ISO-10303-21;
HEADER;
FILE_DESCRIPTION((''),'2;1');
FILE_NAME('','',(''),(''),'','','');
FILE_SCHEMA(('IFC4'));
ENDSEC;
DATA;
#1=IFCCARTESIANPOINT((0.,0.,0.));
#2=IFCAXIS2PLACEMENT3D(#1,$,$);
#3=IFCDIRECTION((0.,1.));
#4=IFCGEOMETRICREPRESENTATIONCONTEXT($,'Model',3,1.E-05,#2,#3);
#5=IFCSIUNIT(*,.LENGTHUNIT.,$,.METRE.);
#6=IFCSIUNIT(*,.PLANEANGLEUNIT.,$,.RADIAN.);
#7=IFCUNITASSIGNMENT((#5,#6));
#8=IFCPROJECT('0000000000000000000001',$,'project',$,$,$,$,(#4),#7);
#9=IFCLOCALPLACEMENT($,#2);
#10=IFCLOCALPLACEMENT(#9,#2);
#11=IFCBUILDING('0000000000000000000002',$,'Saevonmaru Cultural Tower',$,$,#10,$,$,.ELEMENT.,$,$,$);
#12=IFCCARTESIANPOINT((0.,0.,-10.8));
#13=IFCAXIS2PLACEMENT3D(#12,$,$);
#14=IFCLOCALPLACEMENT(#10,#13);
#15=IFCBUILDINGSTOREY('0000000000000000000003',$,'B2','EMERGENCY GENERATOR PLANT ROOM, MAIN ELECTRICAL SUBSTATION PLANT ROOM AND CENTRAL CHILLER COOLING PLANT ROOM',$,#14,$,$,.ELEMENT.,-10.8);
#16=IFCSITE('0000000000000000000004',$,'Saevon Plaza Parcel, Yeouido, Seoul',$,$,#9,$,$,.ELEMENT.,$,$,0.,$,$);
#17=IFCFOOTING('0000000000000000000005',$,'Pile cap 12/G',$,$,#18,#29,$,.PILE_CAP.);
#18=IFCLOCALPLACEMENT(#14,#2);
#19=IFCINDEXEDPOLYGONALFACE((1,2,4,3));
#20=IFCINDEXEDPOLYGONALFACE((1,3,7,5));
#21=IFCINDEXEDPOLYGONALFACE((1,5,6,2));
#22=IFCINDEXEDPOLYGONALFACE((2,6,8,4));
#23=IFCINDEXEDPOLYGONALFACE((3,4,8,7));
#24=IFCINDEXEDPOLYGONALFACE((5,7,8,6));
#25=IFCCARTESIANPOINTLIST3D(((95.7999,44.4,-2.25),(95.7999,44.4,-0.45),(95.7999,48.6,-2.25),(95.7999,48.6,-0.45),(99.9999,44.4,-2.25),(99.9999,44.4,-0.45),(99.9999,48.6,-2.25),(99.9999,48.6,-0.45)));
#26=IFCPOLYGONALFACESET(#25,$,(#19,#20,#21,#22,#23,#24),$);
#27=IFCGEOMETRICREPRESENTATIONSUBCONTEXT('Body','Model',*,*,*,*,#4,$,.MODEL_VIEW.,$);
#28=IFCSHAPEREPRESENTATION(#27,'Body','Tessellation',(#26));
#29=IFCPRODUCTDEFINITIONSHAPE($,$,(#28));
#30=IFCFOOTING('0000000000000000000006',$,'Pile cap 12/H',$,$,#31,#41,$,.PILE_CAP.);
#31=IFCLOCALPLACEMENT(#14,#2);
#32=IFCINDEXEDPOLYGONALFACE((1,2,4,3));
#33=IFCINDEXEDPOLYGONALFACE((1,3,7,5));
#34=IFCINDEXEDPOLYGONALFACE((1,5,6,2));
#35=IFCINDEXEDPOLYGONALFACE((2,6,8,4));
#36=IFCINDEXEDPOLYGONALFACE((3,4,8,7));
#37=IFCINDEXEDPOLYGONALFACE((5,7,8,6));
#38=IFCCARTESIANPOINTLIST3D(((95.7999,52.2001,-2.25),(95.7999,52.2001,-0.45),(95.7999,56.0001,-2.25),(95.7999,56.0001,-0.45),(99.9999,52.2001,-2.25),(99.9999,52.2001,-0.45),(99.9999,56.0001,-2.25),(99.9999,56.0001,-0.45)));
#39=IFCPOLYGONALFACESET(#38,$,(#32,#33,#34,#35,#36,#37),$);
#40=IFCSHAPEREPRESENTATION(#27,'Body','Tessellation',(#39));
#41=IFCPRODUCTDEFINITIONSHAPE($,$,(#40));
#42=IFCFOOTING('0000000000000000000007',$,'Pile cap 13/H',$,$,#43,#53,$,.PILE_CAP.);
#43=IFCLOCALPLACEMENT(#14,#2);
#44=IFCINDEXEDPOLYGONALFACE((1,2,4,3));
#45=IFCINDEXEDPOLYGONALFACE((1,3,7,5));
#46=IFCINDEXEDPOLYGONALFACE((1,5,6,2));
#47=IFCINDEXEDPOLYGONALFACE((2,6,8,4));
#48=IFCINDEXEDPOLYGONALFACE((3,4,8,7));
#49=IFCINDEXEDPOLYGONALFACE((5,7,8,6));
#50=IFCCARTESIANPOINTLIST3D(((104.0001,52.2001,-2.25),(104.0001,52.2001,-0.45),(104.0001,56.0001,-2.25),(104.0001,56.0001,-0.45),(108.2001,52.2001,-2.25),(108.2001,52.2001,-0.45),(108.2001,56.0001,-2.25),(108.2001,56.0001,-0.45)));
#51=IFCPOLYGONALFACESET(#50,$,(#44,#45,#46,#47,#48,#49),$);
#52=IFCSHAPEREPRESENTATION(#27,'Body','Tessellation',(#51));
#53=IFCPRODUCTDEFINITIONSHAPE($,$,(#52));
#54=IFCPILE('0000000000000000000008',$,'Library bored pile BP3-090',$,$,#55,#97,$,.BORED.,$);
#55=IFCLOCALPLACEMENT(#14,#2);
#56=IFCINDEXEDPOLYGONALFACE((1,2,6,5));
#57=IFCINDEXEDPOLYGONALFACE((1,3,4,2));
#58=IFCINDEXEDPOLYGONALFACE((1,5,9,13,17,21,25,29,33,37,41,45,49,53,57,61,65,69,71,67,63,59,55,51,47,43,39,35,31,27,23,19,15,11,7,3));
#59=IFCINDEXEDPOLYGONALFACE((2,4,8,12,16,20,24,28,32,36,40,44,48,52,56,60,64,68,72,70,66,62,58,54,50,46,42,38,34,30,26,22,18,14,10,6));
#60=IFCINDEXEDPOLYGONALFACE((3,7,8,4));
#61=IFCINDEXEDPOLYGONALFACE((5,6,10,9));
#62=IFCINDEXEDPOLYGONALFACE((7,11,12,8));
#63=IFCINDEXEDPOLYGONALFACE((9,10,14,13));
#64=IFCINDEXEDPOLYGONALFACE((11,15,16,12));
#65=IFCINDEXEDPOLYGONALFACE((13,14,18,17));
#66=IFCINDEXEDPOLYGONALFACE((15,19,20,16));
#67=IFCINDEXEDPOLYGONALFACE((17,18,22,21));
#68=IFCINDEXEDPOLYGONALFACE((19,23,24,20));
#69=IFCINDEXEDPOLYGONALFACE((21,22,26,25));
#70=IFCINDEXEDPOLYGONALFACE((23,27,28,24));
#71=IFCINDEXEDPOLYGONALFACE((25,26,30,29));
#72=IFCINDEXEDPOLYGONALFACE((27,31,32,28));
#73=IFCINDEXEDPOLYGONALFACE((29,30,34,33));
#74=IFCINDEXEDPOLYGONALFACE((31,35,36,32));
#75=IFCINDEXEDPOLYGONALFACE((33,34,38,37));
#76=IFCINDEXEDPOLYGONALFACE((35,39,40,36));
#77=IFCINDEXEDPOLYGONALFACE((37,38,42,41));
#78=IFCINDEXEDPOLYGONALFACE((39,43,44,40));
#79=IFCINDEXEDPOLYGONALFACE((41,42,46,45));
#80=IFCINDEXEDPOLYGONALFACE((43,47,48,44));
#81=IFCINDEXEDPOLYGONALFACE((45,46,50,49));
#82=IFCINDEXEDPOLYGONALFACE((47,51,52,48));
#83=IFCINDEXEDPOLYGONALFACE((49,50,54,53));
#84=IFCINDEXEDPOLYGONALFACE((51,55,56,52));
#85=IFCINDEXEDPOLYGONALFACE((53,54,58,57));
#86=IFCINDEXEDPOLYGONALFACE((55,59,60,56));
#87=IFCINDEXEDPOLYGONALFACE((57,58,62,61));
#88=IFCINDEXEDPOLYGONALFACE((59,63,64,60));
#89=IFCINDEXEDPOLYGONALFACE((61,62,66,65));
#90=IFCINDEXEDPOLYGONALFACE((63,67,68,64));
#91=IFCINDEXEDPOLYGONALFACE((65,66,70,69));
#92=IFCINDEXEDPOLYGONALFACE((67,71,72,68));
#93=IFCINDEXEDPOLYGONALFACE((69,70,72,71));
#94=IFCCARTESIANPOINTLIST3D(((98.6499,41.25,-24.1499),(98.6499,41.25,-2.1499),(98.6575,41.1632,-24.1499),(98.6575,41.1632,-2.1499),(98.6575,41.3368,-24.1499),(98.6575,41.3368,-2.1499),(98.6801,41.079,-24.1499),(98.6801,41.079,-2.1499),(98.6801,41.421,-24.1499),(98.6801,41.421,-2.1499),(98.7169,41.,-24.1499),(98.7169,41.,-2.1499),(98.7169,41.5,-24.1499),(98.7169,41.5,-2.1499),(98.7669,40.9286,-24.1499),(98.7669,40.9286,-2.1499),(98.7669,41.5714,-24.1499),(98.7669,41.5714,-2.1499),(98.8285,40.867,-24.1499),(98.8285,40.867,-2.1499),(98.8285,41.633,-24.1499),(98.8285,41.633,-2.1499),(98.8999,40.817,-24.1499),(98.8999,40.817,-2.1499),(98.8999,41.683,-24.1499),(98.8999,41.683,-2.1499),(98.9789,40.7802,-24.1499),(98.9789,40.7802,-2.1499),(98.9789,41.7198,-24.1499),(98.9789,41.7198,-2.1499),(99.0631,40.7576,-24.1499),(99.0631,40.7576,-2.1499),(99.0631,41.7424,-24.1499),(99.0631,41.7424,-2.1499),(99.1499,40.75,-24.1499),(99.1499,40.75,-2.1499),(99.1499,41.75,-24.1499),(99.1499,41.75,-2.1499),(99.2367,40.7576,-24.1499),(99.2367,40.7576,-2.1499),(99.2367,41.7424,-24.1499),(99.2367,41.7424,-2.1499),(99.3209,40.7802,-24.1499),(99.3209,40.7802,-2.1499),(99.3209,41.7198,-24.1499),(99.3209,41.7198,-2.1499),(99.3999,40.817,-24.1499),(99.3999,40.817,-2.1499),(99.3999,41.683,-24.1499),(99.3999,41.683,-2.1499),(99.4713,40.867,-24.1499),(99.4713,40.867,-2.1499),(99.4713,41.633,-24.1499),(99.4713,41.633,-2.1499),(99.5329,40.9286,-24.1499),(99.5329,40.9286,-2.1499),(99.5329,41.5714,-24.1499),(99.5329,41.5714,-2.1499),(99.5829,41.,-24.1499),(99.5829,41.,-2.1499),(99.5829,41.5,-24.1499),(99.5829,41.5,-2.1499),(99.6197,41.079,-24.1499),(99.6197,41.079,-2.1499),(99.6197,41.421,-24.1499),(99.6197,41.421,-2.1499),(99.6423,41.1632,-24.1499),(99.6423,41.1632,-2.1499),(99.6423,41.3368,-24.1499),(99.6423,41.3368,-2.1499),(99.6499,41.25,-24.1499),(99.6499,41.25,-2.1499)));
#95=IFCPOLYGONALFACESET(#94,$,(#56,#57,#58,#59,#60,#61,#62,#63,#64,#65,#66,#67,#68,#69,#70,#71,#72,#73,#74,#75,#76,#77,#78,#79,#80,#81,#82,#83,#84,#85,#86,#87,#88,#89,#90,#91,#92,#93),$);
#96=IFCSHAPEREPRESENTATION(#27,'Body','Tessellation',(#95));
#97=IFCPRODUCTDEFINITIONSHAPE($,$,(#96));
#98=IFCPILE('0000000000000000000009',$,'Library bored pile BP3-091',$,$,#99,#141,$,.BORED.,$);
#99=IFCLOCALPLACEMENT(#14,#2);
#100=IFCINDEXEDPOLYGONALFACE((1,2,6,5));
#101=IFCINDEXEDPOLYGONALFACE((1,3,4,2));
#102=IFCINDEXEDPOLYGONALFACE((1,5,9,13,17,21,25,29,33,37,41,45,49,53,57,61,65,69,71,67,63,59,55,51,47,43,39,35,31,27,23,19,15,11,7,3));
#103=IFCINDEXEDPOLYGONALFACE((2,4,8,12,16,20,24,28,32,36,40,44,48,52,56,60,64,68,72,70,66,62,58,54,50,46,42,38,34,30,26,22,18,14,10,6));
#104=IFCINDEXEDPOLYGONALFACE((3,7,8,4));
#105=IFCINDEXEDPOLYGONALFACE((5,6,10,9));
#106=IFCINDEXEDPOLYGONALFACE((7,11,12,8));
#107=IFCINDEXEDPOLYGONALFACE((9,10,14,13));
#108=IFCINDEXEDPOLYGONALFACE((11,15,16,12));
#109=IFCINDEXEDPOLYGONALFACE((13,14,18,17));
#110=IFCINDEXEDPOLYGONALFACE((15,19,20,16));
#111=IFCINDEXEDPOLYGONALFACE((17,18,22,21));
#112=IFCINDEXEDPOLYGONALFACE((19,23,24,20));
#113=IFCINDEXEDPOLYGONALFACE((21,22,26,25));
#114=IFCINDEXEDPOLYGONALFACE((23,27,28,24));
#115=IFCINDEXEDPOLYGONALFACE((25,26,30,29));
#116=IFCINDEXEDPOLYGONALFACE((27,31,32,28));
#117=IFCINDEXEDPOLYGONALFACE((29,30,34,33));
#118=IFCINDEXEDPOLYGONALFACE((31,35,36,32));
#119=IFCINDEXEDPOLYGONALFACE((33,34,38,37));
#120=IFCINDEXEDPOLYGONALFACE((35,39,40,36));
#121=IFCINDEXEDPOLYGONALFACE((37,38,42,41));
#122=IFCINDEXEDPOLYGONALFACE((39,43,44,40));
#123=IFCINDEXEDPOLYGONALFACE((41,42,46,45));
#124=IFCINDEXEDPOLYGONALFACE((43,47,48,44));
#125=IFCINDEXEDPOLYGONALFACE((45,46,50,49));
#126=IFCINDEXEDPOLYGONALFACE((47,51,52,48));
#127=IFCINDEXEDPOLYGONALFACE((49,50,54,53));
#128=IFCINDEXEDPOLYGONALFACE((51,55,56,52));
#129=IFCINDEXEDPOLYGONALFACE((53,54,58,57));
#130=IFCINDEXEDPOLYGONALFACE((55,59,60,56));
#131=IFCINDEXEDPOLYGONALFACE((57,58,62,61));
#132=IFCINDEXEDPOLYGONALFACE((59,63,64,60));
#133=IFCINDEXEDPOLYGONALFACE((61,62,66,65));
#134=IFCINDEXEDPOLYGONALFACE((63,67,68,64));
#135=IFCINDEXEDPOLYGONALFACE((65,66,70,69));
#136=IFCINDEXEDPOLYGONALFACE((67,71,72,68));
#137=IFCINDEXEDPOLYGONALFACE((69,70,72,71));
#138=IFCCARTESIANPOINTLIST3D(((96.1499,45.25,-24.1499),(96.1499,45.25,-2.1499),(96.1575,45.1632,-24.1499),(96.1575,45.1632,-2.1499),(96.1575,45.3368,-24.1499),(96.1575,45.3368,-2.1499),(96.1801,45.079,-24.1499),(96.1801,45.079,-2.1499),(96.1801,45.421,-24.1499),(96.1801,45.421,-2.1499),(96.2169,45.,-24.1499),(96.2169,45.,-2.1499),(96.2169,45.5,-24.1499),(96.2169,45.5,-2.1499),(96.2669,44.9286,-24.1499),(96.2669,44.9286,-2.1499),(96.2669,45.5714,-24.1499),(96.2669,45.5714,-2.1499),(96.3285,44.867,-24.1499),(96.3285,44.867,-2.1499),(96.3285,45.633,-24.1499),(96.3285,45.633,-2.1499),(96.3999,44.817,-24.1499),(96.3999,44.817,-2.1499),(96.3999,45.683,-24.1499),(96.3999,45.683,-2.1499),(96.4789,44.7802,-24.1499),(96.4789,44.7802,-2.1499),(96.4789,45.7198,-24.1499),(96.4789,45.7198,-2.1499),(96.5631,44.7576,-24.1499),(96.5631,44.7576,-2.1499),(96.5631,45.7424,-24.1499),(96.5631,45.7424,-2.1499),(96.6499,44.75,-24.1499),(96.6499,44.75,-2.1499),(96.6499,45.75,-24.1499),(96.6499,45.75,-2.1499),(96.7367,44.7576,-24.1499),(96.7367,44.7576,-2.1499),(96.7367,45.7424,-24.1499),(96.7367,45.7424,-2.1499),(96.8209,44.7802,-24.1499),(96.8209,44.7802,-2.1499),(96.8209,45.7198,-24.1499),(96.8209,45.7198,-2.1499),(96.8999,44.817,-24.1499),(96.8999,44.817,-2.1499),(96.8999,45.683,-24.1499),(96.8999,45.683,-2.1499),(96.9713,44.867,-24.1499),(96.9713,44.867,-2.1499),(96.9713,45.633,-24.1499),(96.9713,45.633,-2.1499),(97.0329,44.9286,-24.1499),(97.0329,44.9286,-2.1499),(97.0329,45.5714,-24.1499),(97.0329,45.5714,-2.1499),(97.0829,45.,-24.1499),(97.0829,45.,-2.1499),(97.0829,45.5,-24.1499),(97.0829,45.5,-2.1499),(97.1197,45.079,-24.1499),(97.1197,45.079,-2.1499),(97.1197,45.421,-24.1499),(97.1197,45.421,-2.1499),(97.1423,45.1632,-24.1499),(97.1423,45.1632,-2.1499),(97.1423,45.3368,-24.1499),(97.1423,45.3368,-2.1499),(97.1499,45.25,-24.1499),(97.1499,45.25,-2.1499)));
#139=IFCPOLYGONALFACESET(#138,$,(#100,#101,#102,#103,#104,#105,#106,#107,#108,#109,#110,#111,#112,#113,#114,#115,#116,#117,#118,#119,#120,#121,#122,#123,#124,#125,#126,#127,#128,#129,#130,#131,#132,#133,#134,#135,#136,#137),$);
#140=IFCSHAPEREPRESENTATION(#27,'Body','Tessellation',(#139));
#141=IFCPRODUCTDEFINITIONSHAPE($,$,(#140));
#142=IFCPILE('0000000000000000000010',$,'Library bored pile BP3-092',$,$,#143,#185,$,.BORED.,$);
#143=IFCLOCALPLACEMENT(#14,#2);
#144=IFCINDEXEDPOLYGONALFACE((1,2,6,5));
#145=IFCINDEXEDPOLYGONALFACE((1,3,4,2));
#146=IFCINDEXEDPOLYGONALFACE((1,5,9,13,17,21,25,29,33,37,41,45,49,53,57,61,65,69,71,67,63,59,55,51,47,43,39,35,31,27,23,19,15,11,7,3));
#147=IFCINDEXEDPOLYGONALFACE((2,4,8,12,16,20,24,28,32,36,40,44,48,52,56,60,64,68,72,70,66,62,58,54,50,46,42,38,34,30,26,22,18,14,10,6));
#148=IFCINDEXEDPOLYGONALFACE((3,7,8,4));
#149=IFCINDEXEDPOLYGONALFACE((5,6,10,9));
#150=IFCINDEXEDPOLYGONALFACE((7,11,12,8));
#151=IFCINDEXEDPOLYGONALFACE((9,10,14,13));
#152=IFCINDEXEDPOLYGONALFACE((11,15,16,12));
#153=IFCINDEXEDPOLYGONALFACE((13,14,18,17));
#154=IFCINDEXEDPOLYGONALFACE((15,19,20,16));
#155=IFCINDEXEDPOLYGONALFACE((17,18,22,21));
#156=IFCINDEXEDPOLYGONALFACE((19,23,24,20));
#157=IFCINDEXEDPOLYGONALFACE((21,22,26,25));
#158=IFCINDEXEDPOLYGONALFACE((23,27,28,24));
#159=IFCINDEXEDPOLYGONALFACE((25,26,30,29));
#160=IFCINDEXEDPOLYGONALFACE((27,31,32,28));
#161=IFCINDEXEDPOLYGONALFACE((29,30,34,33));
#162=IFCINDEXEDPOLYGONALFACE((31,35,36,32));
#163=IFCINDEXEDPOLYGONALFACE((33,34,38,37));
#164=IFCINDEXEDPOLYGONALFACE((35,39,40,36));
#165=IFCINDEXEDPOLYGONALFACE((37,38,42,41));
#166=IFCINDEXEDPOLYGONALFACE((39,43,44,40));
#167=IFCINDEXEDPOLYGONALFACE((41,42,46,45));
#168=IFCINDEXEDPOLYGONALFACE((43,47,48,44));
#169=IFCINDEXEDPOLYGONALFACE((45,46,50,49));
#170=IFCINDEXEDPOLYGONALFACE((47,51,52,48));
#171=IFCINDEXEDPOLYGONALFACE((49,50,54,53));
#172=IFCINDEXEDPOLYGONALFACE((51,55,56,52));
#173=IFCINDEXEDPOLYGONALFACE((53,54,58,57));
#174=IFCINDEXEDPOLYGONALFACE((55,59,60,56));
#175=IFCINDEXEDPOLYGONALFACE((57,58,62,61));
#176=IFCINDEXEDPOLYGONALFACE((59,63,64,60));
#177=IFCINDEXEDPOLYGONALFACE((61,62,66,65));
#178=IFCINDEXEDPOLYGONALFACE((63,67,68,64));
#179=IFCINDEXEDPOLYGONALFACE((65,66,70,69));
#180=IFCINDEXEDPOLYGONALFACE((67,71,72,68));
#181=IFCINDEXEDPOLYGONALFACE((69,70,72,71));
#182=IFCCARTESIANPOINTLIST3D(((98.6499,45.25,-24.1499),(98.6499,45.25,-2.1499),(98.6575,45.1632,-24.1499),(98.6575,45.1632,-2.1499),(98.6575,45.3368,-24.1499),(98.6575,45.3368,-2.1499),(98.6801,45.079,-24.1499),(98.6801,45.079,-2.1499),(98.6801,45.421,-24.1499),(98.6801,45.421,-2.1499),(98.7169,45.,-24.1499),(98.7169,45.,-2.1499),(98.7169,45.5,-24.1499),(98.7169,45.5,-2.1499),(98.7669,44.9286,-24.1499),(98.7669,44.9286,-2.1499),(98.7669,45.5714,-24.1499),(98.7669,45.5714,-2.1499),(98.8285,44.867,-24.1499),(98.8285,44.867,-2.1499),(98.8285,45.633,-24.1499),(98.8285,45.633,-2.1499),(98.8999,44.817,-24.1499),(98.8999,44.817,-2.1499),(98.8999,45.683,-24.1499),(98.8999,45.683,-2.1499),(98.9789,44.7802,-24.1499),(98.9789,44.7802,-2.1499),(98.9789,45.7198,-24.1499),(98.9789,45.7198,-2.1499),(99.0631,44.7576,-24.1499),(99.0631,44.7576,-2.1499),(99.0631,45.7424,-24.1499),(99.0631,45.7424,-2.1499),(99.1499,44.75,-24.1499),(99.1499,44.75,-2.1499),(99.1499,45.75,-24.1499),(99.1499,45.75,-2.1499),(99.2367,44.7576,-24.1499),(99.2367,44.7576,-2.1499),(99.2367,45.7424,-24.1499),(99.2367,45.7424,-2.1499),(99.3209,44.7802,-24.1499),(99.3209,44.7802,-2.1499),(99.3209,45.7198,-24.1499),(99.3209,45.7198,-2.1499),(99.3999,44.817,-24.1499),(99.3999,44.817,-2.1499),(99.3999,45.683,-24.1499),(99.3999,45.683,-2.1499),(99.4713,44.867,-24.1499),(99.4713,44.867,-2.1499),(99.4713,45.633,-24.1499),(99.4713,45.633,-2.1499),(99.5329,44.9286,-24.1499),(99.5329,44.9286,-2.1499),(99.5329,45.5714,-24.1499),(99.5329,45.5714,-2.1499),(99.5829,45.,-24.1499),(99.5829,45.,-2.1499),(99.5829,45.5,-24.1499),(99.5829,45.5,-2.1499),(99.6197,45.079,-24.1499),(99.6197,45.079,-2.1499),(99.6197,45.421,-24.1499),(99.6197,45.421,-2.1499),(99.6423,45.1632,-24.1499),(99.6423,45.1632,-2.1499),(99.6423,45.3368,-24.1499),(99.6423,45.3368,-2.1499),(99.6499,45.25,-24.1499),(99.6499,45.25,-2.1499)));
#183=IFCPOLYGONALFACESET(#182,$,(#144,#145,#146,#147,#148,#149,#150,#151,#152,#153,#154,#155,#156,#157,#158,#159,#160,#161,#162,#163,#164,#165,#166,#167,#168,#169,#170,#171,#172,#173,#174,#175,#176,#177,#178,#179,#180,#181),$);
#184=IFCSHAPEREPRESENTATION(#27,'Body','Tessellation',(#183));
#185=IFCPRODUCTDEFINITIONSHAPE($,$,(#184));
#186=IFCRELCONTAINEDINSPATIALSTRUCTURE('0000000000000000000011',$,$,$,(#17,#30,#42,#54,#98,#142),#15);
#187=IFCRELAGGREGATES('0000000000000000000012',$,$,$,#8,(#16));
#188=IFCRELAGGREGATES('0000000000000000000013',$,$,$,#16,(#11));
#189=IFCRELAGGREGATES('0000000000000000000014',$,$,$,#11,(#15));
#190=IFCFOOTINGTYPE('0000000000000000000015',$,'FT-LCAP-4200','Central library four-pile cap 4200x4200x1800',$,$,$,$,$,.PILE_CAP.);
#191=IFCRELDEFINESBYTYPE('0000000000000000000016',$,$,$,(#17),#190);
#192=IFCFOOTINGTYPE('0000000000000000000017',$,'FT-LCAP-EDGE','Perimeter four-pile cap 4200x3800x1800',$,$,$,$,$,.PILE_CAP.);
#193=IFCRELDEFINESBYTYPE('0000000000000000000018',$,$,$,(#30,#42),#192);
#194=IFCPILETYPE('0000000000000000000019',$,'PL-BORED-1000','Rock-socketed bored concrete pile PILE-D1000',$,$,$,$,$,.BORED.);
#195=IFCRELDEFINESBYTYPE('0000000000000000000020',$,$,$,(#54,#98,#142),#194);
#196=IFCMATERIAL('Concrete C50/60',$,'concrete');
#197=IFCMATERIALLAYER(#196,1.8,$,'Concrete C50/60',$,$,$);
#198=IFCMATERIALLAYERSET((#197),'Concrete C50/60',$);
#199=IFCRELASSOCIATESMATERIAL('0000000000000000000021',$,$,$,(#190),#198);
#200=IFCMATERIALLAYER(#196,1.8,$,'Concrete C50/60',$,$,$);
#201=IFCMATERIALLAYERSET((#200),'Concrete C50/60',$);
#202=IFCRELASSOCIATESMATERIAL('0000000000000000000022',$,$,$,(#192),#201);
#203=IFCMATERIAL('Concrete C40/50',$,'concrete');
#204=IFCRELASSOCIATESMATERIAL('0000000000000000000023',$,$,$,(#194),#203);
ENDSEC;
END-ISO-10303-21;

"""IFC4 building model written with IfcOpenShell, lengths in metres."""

from ifc_helpers import new_model, si_unit, direction, frame, origin, origin_2d, place, context, subcontext, project, spatial, rectangle, circle, extrude, material, layer, layer_set, material_profile, profile_set, type_object, element, save


model = new_model("IFC4")

# Units and contexts
model_context = context("Model", 3, precision=1e-05, world=origin(), true_north=direction((0.0, 1.0)))
body_context = subcontext(model_context, "Body", "Model", "MODEL_VIEW")
ifc_project = project(units=[si_unit("LENGTHUNIT", "METRE"), si_unit("PLANEANGLEUNIT", "RADIAN")], contexts=[model_context])

# Site, building, storey
site_placement = place(None, origin())
site = spatial("IfcSite", under=ifc_project, at=site_placement, Name="Saevon Plaza Parcel, Yeouido, Seoul", CompositionType="ELEMENT", RefElevation=0.0)
building_placement = place(site_placement, origin())
building = spatial("IfcBuilding", under=site, at=building_placement, Name="Saevonmaru Cultural Tower", CompositionType="ELEMENT")
storey_placement = place(building_placement, frame((0.0, 0.0, -10.8)))
storey = spatial("IfcBuildingStorey", under=building, at=storey_placement, Name="B2", Description="EMERGENCY GENERATOR PLANT ROOM, MAIN ELECTRICAL SUBSTATION PLANT ROOM AND CENTRAL CHILLER COOLING PLANT ROOM", CompositionType="ELEMENT", Elevation=-10.8)

# Footings
ifc_material_1 = material(Name="Concrete C50/60", Category="concrete")
ifc_layer_1 = layer(ifc_material_1, 1.8, Name="Concrete C50/60")
ifc_layer_set_1 = layer_set([ifc_layer_1], Name="Concrete C50/60")
footing_type_1 = type_object("IfcFootingType", Name="FT-LCAP-4200", Description="Central library four-pile cap 4200x4200x1800", PredefinedType="PILE_CAP", material=ifc_layer_set_1)
footing_placement = place(storey_placement, frame((97.8999, 46.5, -2.25), z_axis=(0.0, 0.0, 1.0), x_axis=(1.0, 0.0, 0.0)))
element("IfcFooting", 1, at=footing_placement, inside=storey, type_object=footing_type_1, Name="Pile cap 12/G", PredefinedType="PILE_CAP", context=body_context, shape_type="SweptSolid", body=[
    extrude(rectangle(XDim=4.2, YDim=4.2, at=origin_2d()), origin(), (0.0, 0.0, 1.0), 1.8),
])
ifc_layer_2 = layer(ifc_material_1, 1.8, Name="Concrete C50/60")
ifc_layer_set_2 = layer_set([ifc_layer_2], Name="Concrete C50/60")
footing_type_2 = type_object("IfcFootingType", Name="FT-LCAP-EDGE", Description="Perimeter four-pile cap 4200x3800x1800", PredefinedType="PILE_CAP", material=ifc_layer_set_2)
for number, where, z_axis, x_axis, name in (
    (2, (97.8999, 54.1001, -2.25), (0.0, 0.0, 1.0), (1.0, 0.0, 0.0), "Pile cap 12/H"),
    (3, (106.1001, 54.1001, -2.25), (0.0, 0.0, 1.0), (1.0, 0.0, 0.0), "Pile cap 13/H"),
):
    element("IfcFooting", number, at=place(storey_placement, frame(where, z_axis=z_axis, x_axis=x_axis)), inside=storey, type_object=footing_type_2, Name=name, PredefinedType="PILE_CAP", context=body_context, shape_type="SweptSolid", body=[
        extrude(rectangle(XDim=4.2, YDim=3.8, at=origin_2d()), origin(), (0.0, 0.0, 1.0), 1.8),
    ])

# Piles
ifc_material_2 = material(Name="Concrete C40/50", Category="concrete")
ifc_material_profile_1 = material_profile(ifc_material_2, circle(Radius=0.5, at=origin_2d()), Name="PILE-D1000")
ifc_profile_set_1 = profile_set([ifc_material_profile_1], Name="Concrete C40/50")
pile_type_1 = type_object("IfcPileType", Name="PL-BORED-1000", Description="Rock-socketed bored concrete pile PILE-D1000", PredefinedType="BORED", material=ifc_profile_set_1)
for number, where, z_axis, x_axis, name in (
    (4, (99.1499, 41.25, -2.1499), (0.0, 0.0, -1.0), (1.0, 0.0, 0.0), "Library bored pile BP3-090"),
    (5, (96.6499, 45.25, -2.1499), (0.0, 0.0, -1.0), (1.0, 0.0, 0.0), "Library bored pile BP3-091"),
    (6, (99.1499, 45.25, -2.1499), (0.0, 0.0, -1.0), (1.0, 0.0, 0.0), "Library bored pile BP3-092"),
):
    element("IfcPile", number, at=place(storey_placement, frame(where, z_axis=z_axis, x_axis=x_axis)), inside=storey, type_object=pile_type_1, Name=name, PredefinedType="BORED", context=body_context, shape_type="SweptSolid", body=[
        extrude(circle(Radius=0.5, at=origin_2d()), origin(), (0.0, 0.0, 1.0), 22.0),
    ])

save(model, "model.ifc")
